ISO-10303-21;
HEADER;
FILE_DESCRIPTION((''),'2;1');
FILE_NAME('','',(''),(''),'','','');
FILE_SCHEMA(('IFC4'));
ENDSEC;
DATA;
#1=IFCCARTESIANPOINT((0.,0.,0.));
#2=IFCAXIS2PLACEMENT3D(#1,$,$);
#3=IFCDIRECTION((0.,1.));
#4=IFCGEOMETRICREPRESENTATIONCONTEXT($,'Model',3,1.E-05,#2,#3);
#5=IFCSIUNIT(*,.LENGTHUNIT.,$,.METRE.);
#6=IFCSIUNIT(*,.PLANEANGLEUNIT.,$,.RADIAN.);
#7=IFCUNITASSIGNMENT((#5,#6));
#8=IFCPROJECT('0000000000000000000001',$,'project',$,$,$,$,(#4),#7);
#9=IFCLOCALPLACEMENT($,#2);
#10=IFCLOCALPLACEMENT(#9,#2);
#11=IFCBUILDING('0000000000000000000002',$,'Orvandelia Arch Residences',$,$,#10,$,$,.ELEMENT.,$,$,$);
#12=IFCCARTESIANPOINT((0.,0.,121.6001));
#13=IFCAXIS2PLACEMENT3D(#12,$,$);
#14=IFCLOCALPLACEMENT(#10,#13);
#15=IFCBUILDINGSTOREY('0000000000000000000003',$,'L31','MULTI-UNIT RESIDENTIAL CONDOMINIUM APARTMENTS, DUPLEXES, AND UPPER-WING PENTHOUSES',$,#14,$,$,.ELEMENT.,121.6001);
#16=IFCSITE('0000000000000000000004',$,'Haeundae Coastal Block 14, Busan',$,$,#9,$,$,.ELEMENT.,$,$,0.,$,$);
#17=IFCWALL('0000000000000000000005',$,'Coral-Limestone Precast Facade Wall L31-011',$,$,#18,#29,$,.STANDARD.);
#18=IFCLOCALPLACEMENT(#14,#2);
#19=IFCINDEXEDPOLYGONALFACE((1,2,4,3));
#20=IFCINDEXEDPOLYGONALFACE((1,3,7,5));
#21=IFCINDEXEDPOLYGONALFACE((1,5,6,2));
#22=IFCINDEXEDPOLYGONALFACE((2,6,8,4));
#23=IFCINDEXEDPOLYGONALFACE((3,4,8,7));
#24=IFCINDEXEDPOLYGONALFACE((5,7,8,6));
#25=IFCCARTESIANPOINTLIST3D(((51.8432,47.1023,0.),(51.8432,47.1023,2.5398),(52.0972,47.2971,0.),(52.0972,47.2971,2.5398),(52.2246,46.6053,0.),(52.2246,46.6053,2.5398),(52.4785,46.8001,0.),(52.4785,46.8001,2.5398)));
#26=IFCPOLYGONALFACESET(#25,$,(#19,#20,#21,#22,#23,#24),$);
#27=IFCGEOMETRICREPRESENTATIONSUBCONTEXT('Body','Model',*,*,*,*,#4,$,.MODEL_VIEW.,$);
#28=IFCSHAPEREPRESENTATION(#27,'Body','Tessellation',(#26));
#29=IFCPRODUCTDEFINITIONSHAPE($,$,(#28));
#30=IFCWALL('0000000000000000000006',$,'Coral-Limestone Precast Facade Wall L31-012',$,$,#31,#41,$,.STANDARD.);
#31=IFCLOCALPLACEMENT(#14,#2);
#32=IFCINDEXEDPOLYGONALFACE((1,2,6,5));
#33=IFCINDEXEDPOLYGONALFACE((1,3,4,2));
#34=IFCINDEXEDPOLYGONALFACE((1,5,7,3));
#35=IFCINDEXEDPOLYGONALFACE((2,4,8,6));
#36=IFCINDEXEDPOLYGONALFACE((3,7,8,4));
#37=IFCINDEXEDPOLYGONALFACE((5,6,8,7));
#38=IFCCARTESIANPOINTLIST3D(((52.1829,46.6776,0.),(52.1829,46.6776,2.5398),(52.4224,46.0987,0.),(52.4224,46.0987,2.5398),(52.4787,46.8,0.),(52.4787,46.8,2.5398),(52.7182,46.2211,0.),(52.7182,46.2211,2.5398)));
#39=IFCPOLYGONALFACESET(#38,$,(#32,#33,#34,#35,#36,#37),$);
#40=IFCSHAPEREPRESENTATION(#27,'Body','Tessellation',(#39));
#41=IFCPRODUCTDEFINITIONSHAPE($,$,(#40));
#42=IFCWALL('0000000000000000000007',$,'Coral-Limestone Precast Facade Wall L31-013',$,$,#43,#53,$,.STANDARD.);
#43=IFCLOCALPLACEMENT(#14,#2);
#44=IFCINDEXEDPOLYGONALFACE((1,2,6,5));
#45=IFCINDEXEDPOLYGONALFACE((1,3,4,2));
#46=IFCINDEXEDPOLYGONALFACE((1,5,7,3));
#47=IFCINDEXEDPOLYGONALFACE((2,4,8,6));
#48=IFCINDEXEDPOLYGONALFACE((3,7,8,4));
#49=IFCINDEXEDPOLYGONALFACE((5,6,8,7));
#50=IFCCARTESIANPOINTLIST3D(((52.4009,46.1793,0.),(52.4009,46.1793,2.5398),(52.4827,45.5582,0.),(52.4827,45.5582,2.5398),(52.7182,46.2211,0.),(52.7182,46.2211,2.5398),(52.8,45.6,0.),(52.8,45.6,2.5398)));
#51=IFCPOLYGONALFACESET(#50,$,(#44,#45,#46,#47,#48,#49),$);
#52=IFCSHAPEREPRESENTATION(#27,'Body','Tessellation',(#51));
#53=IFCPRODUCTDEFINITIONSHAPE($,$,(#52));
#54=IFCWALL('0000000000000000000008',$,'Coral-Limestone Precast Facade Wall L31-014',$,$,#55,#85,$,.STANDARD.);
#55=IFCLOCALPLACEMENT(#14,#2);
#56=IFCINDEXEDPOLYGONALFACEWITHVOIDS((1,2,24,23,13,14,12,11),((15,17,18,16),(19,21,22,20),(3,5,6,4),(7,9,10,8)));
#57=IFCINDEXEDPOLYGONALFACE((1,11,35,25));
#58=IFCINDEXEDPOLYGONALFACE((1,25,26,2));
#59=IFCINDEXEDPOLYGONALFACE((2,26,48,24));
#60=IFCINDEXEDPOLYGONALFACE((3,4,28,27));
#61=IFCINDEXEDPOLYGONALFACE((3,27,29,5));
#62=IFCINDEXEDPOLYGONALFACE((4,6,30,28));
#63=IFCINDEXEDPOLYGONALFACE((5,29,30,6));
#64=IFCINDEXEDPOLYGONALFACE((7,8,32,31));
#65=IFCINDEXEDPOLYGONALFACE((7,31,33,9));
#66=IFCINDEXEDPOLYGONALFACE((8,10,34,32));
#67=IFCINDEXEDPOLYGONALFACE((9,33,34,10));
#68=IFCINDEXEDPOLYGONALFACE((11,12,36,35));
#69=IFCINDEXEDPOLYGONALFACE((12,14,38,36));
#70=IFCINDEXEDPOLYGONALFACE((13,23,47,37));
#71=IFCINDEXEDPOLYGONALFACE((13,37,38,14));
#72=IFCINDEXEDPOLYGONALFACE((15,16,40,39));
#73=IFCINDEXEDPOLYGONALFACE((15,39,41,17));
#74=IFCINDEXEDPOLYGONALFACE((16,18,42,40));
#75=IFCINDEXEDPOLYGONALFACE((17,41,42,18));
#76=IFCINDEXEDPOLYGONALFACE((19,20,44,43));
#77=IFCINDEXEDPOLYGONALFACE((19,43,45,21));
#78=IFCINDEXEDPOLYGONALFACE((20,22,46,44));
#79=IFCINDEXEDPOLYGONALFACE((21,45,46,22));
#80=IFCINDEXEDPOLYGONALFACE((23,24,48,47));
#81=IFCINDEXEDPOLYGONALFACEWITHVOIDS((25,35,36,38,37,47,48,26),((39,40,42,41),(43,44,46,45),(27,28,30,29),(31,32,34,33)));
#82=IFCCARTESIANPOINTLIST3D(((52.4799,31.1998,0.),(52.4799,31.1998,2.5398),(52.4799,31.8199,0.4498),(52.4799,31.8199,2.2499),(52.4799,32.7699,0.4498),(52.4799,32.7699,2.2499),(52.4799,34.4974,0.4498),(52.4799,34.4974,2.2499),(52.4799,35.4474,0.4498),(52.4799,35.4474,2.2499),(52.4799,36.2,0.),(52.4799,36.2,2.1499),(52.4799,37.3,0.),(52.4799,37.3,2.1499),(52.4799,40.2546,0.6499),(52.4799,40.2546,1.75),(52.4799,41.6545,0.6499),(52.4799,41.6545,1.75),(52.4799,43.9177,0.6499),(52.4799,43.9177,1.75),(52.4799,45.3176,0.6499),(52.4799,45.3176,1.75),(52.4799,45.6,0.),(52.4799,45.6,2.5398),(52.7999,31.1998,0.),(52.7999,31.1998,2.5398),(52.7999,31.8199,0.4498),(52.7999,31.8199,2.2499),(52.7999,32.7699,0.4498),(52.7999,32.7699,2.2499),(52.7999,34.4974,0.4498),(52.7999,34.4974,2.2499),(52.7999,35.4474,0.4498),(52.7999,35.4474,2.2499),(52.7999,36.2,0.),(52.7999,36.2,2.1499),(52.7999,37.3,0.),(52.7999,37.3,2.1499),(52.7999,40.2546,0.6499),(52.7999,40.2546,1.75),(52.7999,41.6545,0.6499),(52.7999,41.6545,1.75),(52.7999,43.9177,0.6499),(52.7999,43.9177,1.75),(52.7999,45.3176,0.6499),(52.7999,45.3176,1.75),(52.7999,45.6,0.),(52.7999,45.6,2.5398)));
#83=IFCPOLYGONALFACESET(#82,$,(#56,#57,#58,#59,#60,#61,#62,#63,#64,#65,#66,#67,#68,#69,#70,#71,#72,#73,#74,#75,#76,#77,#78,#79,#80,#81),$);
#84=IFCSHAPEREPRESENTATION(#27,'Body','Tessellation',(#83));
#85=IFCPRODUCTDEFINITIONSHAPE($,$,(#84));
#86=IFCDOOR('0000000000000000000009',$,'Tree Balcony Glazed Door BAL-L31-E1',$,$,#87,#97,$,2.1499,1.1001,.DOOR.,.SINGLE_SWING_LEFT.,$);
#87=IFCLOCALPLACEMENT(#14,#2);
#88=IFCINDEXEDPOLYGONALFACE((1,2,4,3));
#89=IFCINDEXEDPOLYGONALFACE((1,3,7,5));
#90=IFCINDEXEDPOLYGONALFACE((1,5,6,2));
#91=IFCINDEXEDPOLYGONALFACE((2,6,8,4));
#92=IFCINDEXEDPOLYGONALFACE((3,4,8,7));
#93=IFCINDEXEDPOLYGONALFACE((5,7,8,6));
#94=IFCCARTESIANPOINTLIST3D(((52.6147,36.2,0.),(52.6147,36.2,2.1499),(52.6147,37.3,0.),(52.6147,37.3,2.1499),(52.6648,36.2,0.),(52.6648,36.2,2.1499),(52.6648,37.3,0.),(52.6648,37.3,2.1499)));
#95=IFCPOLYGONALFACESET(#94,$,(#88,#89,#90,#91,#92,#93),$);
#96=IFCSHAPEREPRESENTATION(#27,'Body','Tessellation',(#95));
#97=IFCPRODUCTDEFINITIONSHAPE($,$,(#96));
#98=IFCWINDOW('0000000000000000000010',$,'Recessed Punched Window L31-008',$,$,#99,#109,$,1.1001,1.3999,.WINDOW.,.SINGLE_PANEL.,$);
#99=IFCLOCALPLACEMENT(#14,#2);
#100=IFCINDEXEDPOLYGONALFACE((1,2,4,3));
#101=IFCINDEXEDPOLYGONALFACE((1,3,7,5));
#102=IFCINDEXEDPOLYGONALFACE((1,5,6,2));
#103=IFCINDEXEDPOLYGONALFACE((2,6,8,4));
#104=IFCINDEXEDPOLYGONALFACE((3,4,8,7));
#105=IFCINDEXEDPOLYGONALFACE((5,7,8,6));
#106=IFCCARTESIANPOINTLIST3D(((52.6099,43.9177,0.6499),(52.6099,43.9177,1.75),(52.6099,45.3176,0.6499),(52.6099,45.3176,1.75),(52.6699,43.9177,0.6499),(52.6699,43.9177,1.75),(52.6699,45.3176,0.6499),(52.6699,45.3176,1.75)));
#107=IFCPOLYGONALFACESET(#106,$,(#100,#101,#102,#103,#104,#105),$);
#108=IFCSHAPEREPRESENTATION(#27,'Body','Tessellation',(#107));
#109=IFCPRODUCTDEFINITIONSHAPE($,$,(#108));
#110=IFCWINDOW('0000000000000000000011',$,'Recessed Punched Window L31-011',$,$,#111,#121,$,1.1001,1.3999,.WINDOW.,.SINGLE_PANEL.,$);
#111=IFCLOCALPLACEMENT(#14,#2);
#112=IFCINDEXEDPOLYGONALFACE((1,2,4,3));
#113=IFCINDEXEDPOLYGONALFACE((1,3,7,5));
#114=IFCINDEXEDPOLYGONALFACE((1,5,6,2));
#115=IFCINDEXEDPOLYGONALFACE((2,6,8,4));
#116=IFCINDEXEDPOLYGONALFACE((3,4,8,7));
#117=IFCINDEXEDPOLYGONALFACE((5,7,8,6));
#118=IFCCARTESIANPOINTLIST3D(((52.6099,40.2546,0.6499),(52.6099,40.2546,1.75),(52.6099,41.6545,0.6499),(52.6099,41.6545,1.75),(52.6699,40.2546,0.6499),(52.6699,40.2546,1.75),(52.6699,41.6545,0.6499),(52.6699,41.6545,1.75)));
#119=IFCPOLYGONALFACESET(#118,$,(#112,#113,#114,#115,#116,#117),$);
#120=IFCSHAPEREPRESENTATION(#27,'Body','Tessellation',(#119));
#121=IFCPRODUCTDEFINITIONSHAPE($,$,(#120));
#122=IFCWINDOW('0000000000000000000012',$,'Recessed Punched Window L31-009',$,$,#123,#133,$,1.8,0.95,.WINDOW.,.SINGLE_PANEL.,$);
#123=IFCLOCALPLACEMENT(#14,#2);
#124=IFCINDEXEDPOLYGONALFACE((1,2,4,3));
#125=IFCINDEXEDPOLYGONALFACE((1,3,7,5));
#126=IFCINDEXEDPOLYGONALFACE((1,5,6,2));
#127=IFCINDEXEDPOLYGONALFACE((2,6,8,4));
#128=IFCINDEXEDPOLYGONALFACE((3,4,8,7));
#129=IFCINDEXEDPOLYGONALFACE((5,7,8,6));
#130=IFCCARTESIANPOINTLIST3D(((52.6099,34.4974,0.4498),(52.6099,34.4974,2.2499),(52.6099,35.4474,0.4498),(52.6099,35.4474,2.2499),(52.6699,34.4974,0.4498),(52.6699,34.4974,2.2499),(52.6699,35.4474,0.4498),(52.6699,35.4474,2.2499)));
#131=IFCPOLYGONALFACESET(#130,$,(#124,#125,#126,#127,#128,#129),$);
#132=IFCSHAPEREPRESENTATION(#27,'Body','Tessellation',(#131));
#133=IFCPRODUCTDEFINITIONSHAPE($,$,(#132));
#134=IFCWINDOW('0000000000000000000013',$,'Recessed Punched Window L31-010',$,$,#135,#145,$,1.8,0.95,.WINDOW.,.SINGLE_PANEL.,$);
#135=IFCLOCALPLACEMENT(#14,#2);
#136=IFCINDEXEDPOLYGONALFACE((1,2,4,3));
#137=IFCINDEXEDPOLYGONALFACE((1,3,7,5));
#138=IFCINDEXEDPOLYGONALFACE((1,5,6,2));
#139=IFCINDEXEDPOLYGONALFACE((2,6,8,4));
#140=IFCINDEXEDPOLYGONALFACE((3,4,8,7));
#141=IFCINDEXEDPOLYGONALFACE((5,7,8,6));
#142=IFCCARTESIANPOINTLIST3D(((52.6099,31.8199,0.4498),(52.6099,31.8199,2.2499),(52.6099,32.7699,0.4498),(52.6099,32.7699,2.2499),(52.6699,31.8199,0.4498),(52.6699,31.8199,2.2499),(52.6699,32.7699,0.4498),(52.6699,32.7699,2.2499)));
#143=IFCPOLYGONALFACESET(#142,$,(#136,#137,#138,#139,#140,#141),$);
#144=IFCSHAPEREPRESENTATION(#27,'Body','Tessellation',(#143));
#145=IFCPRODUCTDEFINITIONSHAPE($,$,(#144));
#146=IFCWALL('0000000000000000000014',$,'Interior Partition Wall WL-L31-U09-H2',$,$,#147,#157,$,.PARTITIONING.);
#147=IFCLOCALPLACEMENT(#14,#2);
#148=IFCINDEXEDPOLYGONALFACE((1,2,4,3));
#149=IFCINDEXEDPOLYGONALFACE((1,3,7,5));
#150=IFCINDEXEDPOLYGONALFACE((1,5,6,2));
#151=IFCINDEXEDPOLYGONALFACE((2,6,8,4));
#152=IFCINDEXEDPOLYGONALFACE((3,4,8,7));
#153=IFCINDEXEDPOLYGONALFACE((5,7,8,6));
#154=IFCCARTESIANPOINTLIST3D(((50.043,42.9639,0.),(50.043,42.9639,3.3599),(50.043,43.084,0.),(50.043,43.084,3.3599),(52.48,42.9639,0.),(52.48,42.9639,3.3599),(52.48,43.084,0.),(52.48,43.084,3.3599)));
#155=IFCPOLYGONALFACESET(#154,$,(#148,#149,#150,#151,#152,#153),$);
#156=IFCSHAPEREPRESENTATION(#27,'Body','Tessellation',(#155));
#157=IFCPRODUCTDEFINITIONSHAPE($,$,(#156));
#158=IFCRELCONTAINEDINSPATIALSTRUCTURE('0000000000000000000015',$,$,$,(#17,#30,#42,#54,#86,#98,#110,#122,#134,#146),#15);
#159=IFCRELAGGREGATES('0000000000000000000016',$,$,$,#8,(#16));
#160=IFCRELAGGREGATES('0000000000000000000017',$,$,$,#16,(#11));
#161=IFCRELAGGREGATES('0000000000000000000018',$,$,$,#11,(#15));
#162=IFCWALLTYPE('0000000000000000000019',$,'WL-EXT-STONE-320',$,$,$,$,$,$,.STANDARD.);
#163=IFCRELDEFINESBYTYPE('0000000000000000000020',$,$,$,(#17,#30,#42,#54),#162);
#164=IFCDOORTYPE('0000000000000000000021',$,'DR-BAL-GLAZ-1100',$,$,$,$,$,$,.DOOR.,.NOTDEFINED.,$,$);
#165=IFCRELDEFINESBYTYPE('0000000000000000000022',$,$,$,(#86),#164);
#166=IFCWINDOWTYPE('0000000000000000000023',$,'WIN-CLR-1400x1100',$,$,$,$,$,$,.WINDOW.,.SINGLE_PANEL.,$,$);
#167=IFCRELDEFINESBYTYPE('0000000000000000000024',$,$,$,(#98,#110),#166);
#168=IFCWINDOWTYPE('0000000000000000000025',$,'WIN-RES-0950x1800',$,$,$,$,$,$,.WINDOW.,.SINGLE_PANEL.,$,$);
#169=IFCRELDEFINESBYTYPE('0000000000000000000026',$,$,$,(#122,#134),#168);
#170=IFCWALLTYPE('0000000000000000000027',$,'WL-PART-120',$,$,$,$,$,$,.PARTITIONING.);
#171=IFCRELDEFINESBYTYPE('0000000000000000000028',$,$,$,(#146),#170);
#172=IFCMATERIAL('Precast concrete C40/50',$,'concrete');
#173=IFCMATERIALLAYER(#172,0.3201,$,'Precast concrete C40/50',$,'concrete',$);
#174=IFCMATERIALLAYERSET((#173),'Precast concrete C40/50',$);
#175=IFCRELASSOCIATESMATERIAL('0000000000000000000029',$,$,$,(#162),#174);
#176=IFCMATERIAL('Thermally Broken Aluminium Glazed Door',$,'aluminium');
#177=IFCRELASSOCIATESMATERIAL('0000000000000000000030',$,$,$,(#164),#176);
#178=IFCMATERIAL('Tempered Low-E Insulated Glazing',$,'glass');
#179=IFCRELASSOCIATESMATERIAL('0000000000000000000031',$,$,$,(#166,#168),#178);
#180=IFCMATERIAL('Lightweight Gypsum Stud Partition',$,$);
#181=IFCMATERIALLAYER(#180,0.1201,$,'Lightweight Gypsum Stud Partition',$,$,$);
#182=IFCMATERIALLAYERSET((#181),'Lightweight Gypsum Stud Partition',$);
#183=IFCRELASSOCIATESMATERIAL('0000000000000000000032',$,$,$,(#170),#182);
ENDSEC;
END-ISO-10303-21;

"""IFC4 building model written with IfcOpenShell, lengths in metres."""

from ifc_helpers import new_model, si_unit, direction, frame, frame_2d, origin, place, context, subcontext, project, spatial, rectangle, extrude, material, layer, layer_set, type_object, element, fill, save


model = new_model("IFC4")

# Units and contexts
model_context = context("Model", 3, precision=1e-05, world=origin(), true_north=direction((0.0, 1.0)))
body_context = subcontext(model_context, "Body", "Model", "MODEL_VIEW")
ifc_project = project(units=[si_unit("LENGTHUNIT", "METRE"), si_unit("PLANEANGLEUNIT", "RADIAN")], contexts=[model_context])

# Site, building, storey
site_placement = place(None, origin())
site = spatial("IfcSite", under=ifc_project, at=site_placement, Name="Haeundae Coastal Block 14, Busan", CompositionType="ELEMENT", RefElevation=0.0)
building_placement = place(site_placement, origin())
building = spatial("IfcBuilding", under=site, at=building_placement, Name="Orvandelia Arch Residences", CompositionType="ELEMENT")
storey_placement = place(building_placement, frame((0.0, 0.0, 121.6001)))
storey = spatial("IfcBuildingStorey", under=building, at=storey_placement, Name="L31", Description="MULTI-UNIT RESIDENTIAL CONDOMINIUM APARTMENTS, DUPLEXES, AND UPPER-WING PENTHOUSES", CompositionType="ELEMENT", Elevation=121.6001)

# Walls
ifc_material_1 = material(Name="Precast concrete C40/50", Category="concrete")
ifc_layer_1 = layer(ifc_material_1, 0.3201, Name="Precast concrete C40/50", Category="concrete")
ifc_layer_set_1 = layer_set([ifc_layer_1], Name="Precast concrete C40/50")
wall_type_1 = type_object("IfcWallType", Name="WL-EXT-STONE-320", PredefinedType="STANDARD", material=ifc_layer_set_1)
for number, where, z_axis, x_axis, name in (
    (1, (51.9702, 47.1997, 0.0), (0.0, 0.0, 1.0), (0.608693, -0.793406, 0.0), "Coral-Limestone Precast Facade Wall L31-011"),
    (2, (52.3308, 46.7388, 0.0), (0.0, 0.0, 1.0), (0.382317, -0.924031, 0.0), "Coral-Limestone Precast Facade Wall L31-012"),
    (3, (52.5596, 46.2002, 0.0), (0.0, 0.0, 1.0), (0.130555, -0.991441, 0.0), "Coral-Limestone Precast Facade Wall L31-013"),
):
    element("IfcWall", number, at=place(storey_placement, frame(where, z_axis=z_axis, x_axis=x_axis)), inside=storey, type_object=wall_type_1, Name=name, PredefinedType="STANDARD", context=body_context, shape_type="SweptSolid", body=[
        extrude(rectangle(XDim=0.6265, YDim=0.3201, at=frame_2d((0.3132, 0.0))), origin(), (0.0, 0.0, 1.0), 2.5398),
    ])

# Wall, openings, door, windows
wall_1_placement = place(storey_placement, frame((52.6399, 45.6001, 0.0), z_axis=(0.0, 0.0, 1.0), x_axis=(0.0, -1.0, 0.0)))
wall_1 = element("IfcWall", 4, at=wall_1_placement, inside=storey, type_object=wall_type_1, Name="Coral-Limestone Precast Facade Wall L31-014", PredefinedType="STANDARD", context=body_context, shape_type="SweptSolid", body=[
    extrude(rectangle(XDim=14.4001, YDim=0.3201, at=frame_2d((7.2002, 0.0))), origin(), (0.0, 0.0, 1.0), 2.5398),
])
opening_1_placement = place(wall_1_placement, frame((8.3, 0.0, 0.0)))
opening_1 = element("IfcOpeningElement", 5, at=opening_1_placement, cuts=wall_1, PredefinedType="OPENING", context=body_context, shape_type="SweptSolid", body=[
    extrude(rectangle(XDim=1.1001, YDim=2.1499, at=frame_2d((0.55, 1.075))), frame((0.0, 0.1699, 0.0), z_axis=(0.0, -1.0, 0.0), x_axis=(1.0, 0.0, 0.0)), (0.0, 0.0, 1.0), 0.3401),
])
opening_2_placement = place(wall_1_placement, frame((0.2825, 0.0, 0.6499)))
opening_2 = element("IfcOpeningElement", 6, at=opening_2_placement, cuts=wall_1, PredefinedType="OPENING", context=body_context, shape_type="SweptSolid", body=[
    extrude(rectangle(XDim=1.3999, YDim=1.1001, at=frame_2d((0.7, 0.55))), frame((0.0, 0.1699, 0.0), z_axis=(0.0, -1.0, 0.0), x_axis=(1.0, 0.0, 0.0)), (0.0, 0.0, 1.0), 0.3401),
])
opening_3_placement = place(wall_1_placement, frame((10.1526, 0.0, 0.45)))
opening_3 = element("IfcOpeningElement", 7, at=opening_3_placement, cuts=wall_1, PredefinedType="OPENING", context=body_context, shape_type="SweptSolid", body=[
    extrude(rectangle(XDim=0.95, YDim=1.8, at=frame_2d((0.4751, 0.8999))), frame((0.0, 0.1699, 0.0), z_axis=(0.0, -1.0, 0.0), x_axis=(1.0, 0.0, 0.0)), (0.0, 0.0, 1.0), 0.3401),
])
opening_4_placement = place(wall_1_placement, frame((12.8301, 0.0, 0.45)))
opening_4 = element("IfcOpeningElement", 8, at=opening_4_placement, cuts=wall_1, PredefinedType="OPENING", context=body_context, shape_type="SweptSolid", body=[
    extrude(rectangle(XDim=0.95, YDim=1.8, at=frame_2d((0.4751, 0.8999))), frame((0.0, 0.1699, 0.0), z_axis=(0.0, -1.0, 0.0), x_axis=(1.0, 0.0, 0.0)), (0.0, 0.0, 1.0), 0.3401),
])
opening_5_placement = place(wall_1_placement, frame((3.9456, 0.0, 0.6499)))
opening_5 = element("IfcOpeningElement", 9, at=opening_5_placement, cuts=wall_1, PredefinedType="OPENING", context=body_context, shape_type="SweptSolid", body=[
    extrude(rectangle(XDim=1.3999, YDim=1.1001, at=frame_2d((0.7, 0.55))), frame((0.0, 0.1699, 0.0), z_axis=(0.0, -1.0, 0.0), x_axis=(1.0, 0.0, 0.0)), (0.0, 0.0, 1.0), 0.3401),
])
ifc_material_2 = material(Name="Thermally Broken Aluminium Glazed Door", Category="aluminium")
door_type_1 = type_object("IfcDoorType", Name="DR-BAL-GLAZ-1100", OperationType="NOTDEFINED", PredefinedType="DOOR", material=ifc_material_2)
door_1_placement = place(opening_1_placement, origin())
door_1 = element("IfcDoor", 10, at=door_1_placement, inside=storey, type_object=door_type_1, Name="Tree Balcony Glazed Door BAL-L31-E1", OperationType="SINGLE_SWING_LEFT", OverallHeight=2.1499, OverallWidth=1.1001, PredefinedType="DOOR", context=body_context, shape_type="SweptSolid", body=[
    extrude(rectangle(XDim=1.1001, YDim=2.1499, at=frame_2d((0.55, 1.075))), frame((0.0, 0.0249, 0.0), z_axis=(0.0, -1.0, 0.0), x_axis=(1.0, 0.0, 0.0)), (0.0, 0.0, 1.0), 0.05),
])
fill(opening_1, door_1)
ifc_material_3 = material(Name="Tempered Low-E Insulated Glazing", Category="glass")
window_type_1 = type_object("IfcWindowType", Name="WIN-CLR-1400x1100", PartitioningType="SINGLE_PANEL", PredefinedType="WINDOW", material=ifc_material_3)
window_1_placement = place(opening_2_placement, origin())
window_1 = element("IfcWindow", 11, at=window_1_placement, inside=storey, type_object=window_type_1, Name="Recessed Punched Window L31-008", OverallHeight=1.1001, OverallWidth=1.3999, PartitioningType="SINGLE_PANEL", PredefinedType="WINDOW", context=body_context, shape_type="SweptSolid", body=[
    extrude(rectangle(XDim=1.3999, YDim=1.1001, at=frame_2d((0.7, 0.55))), frame((0.0, 0.03, 0.0), z_axis=(0.0, -1.0, 0.0), x_axis=(1.0, 0.0, 0.0)), (0.0, 0.0, 1.0), 0.0601),
])
fill(opening_2, window_1)
window_2_placement = place(opening_5_placement, origin())
window_2 = element("IfcWindow", 12, at=window_2_placement, inside=storey, type_object=window_type_1, Name="Recessed Punched Window L31-011", OverallHeight=1.1001, OverallWidth=1.3999, PartitioningType="SINGLE_PANEL", PredefinedType="WINDOW", context=body_context, shape_type="SweptSolid", body=[
    extrude(rectangle(XDim=1.3999, YDim=1.1001, at=frame_2d((0.7, 0.55))), frame((0.0, 0.03, 0.0), z_axis=(0.0, -1.0, 0.0), x_axis=(1.0, 0.0, 0.0)), (0.0, 0.0, 1.0), 0.0601),
])
fill(opening_5, window_2)
window_type_2 = type_object("IfcWindowType", Name="WIN-RES-0950x1800", PartitioningType="SINGLE_PANEL", PredefinedType="WINDOW", material=ifc_material_3)
window_3_placement = place(opening_3_placement, origin())
window_3 = element("IfcWindow", 13, at=window_3_placement, inside=storey, type_object=window_type_2, Name="Recessed Punched Window L31-009", OverallHeight=1.8, OverallWidth=0.95, PartitioningType="SINGLE_PANEL", PredefinedType="WINDOW", context=body_context, shape_type="SweptSolid", body=[
    extrude(rectangle(XDim=0.95, YDim=1.8, at=frame_2d((0.4751, 0.8999))), frame((0.0, 0.03, 0.0), z_axis=(0.0, -1.0, 0.0), x_axis=(1.0, 0.0, 0.0)), (0.0, 0.0, 1.0), 0.0601),
])
fill(opening_3, window_3)
window_4_placement = place(opening_4_placement, origin())
window_4 = element("IfcWindow", 14, at=window_4_placement, inside=storey, type_object=window_type_2, Name="Recessed Punched Window L31-010", OverallHeight=1.8, OverallWidth=0.95, PartitioningType="SINGLE_PANEL", PredefinedType="WINDOW", context=body_context, shape_type="SweptSolid", body=[
    extrude(rectangle(XDim=0.95, YDim=1.8, at=frame_2d((0.4751, 0.8999))), frame((0.0, 0.03, 0.0), z_axis=(0.0, -1.0, 0.0), x_axis=(1.0, 0.0, 0.0)), (0.0, 0.0, 1.0), 0.0601),
])
fill(opening_4, window_4)

# Wall
ifc_material_4 = material(Name="Lightweight Gypsum Stud Partition")
ifc_layer_2 = layer(ifc_material_4, 0.1201, Name="Lightweight Gypsum Stud Partition")
ifc_layer_set_2 = layer_set([ifc_layer_2], Name="Lightweight Gypsum Stud Partition")
wall_type_2 = type_object("IfcWallType", Name="WL-PART-120", PredefinedType="PARTITIONING", material=ifc_layer_set_2)
wall_2_placement = place(storey_placement, frame((50.043, 43.0239, 0.0), z_axis=(0.0, 0.0, 1.0), x_axis=(1.0, 0.0, 0.0)))
element("IfcWall", 15, at=wall_2_placement, inside=storey, type_object=wall_type_2, Name="Interior Partition Wall WL-L31-U09-H2", PredefinedType="PARTITIONING", context=body_context, shape_type="SweptSolid", body=[
    extrude(rectangle(XDim=2.437, YDim=0.1201, at=frame_2d((1.2185, 0.0))), origin(), (0.0, 0.0, 1.0), 3.3599),
])

save(model, "model.ifc")
